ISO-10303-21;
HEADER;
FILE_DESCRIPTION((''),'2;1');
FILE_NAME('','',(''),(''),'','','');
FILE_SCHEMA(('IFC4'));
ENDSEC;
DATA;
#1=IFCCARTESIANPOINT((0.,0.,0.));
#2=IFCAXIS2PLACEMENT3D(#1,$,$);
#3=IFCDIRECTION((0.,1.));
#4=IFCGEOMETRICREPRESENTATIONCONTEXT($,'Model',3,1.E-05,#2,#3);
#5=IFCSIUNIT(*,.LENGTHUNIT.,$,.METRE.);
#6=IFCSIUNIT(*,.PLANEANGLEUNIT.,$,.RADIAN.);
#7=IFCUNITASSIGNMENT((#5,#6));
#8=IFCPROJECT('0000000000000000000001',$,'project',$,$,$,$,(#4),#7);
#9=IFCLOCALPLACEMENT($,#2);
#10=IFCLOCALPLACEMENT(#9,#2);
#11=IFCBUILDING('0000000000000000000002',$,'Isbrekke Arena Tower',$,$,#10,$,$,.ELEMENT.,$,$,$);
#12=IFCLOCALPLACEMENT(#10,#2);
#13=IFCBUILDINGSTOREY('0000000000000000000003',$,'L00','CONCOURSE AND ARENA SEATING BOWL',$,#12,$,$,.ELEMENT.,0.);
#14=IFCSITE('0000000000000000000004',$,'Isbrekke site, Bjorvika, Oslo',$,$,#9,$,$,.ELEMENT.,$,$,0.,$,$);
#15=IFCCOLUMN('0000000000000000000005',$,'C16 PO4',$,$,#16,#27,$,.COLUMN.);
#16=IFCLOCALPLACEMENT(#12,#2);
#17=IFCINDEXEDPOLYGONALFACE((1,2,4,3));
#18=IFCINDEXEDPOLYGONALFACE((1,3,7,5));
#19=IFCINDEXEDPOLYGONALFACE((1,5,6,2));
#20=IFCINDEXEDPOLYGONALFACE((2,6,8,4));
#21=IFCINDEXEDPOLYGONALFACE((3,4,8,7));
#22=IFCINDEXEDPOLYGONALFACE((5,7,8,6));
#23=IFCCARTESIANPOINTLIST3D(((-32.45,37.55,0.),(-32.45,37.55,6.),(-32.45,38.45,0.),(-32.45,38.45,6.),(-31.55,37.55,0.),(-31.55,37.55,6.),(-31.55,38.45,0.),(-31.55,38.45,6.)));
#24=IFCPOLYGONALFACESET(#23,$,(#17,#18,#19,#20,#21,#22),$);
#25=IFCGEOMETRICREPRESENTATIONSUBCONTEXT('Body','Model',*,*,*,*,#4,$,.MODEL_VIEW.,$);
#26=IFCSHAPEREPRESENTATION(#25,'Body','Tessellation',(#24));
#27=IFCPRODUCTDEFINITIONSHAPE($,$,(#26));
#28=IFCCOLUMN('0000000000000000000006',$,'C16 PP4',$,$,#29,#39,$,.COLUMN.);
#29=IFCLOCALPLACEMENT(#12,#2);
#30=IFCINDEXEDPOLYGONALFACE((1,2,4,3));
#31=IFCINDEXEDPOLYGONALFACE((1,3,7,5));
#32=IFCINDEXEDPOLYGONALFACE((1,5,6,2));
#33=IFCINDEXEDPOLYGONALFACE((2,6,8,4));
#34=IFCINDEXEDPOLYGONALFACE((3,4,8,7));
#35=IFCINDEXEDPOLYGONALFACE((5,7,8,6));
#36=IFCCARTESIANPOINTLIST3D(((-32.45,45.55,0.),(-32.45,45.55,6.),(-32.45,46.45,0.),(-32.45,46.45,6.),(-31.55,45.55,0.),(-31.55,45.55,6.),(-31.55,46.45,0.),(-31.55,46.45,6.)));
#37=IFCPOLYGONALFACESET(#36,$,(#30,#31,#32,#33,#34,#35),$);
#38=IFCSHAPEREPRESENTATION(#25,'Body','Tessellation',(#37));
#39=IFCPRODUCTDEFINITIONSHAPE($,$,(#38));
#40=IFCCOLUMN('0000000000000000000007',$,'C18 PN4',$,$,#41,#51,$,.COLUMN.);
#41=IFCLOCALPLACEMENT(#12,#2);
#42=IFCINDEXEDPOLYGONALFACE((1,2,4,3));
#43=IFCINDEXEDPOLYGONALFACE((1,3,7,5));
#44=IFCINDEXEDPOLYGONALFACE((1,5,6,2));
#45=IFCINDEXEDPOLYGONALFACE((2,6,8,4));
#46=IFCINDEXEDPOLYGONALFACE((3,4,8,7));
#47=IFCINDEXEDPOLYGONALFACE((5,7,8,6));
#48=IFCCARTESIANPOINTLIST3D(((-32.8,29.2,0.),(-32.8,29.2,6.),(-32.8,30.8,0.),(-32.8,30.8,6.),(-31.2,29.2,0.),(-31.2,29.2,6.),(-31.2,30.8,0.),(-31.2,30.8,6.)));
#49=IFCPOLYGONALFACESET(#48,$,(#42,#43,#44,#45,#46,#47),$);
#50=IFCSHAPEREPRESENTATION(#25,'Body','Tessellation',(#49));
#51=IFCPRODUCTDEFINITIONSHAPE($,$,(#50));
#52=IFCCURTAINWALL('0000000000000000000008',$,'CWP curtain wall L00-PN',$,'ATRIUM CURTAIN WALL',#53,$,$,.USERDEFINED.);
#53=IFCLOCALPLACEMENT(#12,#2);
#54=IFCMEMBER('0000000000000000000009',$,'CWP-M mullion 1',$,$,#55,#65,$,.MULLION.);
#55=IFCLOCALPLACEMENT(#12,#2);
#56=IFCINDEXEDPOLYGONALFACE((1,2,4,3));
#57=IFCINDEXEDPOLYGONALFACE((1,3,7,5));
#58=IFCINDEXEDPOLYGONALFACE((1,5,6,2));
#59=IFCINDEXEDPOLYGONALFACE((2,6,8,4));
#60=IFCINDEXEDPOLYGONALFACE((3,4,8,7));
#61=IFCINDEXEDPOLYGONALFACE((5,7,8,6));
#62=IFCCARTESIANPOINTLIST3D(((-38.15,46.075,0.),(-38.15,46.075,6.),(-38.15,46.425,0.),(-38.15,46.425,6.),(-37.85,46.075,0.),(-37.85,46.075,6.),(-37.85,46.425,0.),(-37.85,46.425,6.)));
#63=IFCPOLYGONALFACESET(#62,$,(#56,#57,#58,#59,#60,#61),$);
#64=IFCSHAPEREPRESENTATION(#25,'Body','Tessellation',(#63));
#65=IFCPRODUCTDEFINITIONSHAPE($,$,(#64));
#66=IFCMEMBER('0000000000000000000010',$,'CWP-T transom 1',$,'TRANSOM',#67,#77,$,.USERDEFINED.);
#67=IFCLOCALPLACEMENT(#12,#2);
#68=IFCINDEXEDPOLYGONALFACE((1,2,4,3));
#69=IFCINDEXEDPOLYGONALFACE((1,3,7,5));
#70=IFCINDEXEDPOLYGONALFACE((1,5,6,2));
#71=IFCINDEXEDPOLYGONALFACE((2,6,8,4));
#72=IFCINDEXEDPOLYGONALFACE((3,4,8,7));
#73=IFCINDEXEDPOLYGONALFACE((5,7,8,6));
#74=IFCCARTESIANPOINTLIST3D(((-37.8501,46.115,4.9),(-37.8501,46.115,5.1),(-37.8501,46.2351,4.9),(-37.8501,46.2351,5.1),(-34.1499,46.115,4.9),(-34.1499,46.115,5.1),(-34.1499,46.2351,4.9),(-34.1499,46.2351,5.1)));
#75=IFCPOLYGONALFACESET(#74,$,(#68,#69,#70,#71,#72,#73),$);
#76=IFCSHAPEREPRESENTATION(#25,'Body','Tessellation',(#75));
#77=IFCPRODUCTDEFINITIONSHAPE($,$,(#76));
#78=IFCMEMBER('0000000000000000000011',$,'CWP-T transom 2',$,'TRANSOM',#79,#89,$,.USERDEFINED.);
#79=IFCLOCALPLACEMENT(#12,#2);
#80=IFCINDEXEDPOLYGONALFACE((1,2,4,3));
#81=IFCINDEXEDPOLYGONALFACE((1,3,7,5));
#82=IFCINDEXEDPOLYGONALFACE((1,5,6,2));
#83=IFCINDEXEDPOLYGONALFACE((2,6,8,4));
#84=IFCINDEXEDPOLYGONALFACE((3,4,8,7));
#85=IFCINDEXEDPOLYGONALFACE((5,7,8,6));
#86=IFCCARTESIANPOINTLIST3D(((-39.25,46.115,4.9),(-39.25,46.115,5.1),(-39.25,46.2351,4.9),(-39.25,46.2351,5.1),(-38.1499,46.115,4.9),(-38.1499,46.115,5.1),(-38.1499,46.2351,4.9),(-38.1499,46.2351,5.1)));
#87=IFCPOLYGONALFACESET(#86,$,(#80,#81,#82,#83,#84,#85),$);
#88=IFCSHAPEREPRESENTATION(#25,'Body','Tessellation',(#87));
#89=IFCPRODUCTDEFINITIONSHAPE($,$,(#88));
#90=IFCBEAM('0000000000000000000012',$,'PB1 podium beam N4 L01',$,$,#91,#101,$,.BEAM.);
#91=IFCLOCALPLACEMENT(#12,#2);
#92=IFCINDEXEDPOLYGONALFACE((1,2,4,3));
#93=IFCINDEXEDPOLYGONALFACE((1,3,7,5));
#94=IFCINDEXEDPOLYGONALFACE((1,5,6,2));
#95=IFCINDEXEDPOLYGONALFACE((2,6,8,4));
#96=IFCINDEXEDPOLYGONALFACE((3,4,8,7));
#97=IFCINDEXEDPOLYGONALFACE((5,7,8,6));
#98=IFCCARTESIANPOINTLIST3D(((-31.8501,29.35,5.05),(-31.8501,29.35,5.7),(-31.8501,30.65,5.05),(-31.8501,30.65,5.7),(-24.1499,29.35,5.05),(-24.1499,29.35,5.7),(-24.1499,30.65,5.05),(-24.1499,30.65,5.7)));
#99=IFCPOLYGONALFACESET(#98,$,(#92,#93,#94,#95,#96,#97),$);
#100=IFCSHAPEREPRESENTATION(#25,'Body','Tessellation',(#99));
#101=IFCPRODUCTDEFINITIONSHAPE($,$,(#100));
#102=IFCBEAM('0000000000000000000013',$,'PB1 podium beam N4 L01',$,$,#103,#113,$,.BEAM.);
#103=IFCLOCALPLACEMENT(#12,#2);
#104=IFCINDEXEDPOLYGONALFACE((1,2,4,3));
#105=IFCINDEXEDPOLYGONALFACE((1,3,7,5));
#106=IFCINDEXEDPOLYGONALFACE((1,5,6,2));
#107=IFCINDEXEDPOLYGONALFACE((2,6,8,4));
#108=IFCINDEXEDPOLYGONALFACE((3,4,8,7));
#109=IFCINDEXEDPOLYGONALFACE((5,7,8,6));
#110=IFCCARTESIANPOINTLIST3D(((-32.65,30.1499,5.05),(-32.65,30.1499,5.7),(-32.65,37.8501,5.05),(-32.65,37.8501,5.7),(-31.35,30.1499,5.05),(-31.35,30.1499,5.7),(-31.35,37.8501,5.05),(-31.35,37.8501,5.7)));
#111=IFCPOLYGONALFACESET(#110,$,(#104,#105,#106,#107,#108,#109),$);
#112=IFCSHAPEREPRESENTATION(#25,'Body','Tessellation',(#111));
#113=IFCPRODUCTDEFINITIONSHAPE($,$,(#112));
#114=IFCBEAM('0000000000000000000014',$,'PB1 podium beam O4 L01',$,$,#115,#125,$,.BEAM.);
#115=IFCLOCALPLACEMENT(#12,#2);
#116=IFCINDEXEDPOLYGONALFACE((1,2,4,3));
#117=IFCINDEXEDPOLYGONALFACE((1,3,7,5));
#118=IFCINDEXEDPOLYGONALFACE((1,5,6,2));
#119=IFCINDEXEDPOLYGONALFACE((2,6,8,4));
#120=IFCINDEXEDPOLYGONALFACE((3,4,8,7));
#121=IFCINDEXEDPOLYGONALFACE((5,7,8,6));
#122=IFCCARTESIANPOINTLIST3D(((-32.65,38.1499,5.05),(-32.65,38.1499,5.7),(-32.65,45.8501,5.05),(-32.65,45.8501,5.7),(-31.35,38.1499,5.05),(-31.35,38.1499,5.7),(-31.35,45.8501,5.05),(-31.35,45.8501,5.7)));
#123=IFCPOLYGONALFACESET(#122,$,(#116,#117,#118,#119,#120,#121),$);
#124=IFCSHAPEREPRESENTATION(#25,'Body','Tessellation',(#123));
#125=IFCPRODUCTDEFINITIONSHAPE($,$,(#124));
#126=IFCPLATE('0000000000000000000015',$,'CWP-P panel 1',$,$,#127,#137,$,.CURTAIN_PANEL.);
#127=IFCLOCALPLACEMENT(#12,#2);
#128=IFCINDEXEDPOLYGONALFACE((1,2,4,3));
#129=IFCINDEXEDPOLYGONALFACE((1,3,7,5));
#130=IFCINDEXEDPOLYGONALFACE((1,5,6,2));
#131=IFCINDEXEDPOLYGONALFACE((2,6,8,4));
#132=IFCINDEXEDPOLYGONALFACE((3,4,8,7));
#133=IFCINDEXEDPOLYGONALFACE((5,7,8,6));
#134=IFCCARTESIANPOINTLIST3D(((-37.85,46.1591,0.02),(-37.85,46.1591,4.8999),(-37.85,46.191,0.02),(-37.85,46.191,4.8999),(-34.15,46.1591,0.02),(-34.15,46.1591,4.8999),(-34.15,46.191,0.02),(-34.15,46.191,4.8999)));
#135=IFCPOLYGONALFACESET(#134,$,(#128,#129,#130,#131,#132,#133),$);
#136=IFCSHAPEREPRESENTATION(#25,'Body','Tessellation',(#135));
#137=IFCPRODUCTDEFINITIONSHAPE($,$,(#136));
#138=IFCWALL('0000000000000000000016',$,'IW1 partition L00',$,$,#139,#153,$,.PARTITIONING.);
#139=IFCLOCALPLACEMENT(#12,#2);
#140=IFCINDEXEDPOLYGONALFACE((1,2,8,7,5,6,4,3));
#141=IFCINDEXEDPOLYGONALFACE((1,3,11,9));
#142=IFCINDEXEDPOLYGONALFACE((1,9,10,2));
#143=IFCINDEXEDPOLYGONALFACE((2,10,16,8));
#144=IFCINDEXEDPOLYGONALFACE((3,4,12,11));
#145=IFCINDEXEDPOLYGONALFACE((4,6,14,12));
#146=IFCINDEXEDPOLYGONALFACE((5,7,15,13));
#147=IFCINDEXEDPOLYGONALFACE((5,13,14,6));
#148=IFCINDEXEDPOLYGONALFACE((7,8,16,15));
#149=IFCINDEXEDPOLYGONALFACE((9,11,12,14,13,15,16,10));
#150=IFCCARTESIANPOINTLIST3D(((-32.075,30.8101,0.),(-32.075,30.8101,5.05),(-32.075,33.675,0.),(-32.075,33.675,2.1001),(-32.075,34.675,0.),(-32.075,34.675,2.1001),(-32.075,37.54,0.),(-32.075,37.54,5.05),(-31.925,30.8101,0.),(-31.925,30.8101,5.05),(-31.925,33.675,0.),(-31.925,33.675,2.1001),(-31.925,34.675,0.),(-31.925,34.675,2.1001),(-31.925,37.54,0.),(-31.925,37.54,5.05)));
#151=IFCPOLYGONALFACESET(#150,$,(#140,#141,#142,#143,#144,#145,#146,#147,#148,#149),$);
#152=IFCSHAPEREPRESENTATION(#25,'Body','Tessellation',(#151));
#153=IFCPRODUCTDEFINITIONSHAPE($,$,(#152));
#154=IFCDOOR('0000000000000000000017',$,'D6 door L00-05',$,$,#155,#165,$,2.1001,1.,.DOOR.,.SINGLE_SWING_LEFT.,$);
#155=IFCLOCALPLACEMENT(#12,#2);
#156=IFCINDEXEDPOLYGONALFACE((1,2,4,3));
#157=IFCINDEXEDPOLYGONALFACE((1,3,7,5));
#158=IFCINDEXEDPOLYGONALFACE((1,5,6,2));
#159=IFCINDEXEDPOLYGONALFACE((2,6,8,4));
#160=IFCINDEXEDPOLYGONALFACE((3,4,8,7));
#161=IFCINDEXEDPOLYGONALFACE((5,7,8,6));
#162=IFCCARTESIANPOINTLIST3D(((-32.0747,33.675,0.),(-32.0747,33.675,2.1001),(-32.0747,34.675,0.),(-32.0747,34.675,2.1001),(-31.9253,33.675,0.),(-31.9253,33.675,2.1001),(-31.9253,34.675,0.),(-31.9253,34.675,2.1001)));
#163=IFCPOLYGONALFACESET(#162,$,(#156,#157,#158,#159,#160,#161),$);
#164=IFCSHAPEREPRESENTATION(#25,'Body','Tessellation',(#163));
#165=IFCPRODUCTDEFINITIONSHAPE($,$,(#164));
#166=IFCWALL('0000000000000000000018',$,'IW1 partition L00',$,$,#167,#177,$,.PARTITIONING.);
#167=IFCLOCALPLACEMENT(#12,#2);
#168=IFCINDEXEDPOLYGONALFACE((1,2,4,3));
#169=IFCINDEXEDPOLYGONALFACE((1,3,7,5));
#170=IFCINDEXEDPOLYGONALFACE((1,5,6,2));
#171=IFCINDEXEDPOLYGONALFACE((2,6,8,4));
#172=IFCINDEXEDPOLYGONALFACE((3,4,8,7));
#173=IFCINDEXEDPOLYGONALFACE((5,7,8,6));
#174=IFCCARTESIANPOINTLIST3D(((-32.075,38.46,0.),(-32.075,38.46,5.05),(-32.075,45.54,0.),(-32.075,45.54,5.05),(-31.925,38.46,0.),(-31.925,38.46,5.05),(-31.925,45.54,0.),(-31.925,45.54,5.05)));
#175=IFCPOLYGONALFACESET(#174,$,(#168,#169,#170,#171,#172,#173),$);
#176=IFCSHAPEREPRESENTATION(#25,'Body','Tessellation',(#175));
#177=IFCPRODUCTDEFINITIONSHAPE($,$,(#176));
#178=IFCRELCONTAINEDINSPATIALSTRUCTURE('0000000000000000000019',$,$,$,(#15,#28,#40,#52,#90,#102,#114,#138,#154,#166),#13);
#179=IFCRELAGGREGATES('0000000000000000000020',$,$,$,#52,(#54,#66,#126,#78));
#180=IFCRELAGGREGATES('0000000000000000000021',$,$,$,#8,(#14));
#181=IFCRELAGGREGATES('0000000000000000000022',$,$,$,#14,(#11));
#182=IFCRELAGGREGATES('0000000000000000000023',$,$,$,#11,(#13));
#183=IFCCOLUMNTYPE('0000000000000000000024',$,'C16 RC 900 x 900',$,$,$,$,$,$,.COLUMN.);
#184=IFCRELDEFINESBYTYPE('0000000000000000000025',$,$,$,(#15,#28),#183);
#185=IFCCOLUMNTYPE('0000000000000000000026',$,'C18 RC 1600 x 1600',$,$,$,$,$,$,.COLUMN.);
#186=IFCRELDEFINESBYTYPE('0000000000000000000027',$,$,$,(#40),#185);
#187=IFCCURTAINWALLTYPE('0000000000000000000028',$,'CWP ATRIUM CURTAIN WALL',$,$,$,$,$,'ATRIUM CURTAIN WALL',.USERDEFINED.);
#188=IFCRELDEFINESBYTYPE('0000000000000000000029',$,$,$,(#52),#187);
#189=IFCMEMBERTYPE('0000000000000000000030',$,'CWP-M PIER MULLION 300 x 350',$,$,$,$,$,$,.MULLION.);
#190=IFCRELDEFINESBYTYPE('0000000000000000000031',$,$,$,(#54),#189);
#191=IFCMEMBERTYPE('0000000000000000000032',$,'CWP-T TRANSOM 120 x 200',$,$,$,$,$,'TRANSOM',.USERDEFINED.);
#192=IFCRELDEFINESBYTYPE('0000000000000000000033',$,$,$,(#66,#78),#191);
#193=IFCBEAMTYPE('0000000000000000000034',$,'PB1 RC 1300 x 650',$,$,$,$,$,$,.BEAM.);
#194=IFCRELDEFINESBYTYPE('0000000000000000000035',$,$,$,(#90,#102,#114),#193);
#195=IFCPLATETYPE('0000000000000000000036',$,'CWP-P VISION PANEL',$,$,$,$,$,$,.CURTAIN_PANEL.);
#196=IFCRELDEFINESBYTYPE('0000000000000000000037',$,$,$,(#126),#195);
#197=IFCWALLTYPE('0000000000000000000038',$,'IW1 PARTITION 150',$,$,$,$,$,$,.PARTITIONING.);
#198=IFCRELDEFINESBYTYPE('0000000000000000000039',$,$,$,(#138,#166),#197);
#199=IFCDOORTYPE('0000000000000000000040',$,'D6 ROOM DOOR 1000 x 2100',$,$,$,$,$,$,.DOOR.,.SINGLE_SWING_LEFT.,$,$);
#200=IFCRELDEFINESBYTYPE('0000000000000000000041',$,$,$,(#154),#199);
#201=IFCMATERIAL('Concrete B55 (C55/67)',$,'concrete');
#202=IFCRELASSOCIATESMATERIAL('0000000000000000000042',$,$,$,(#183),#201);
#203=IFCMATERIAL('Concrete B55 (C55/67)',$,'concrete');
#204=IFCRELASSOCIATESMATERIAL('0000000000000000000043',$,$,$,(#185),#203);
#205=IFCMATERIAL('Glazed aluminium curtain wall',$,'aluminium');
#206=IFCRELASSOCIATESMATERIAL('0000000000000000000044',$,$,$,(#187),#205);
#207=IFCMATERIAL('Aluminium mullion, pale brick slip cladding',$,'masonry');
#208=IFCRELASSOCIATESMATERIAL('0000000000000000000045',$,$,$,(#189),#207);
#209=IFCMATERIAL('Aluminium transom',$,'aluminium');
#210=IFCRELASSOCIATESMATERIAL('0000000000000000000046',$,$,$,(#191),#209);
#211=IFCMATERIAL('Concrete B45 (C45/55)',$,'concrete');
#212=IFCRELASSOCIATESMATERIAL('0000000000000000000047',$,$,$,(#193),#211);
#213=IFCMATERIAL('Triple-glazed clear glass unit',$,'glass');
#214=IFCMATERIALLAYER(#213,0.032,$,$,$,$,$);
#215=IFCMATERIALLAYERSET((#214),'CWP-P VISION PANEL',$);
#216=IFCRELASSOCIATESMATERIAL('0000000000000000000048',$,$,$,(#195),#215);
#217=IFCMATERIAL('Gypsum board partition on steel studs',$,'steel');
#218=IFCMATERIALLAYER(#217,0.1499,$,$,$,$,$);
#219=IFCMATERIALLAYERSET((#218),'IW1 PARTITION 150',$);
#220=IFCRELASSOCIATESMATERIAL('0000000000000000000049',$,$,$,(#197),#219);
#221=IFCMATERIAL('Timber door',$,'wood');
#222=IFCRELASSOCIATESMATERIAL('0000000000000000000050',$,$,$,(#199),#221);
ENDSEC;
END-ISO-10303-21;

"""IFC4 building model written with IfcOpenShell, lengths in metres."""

from ifc_helpers import new_model, si_unit, direction, frame, frame_2d, origin, origin_2d, place, context, subcontext, project, spatial, rectangle, extrude, material, layer, layer_set, material_profile, profile_set, type_object, element, fill, aggregate, save


model = new_model("IFC4")

# Units and contexts
model_context = context("Model", 3, precision=1e-05, world=origin(), true_north=direction((0.0, 1.0)))
body_context = subcontext(model_context, "Body", "Model", "MODEL_VIEW")
ifc_project = project(units=[si_unit("LENGTHUNIT", "METRE"), si_unit("PLANEANGLEUNIT", "RADIAN")], contexts=[model_context])

# Site, building, storey
site_placement = place(None, origin())
site = spatial("IfcSite", under=ifc_project, at=site_placement, Name="Isbrekke site, Bjorvika, Oslo", CompositionType="ELEMENT", RefElevation=0.0)
building_placement = place(site_placement, origin())
building = spatial("IfcBuilding", under=site, at=building_placement, Name="Isbrekke Arena Tower", CompositionType="ELEMENT")
storey_placement = place(building_placement, origin())
storey = spatial("IfcBuildingStorey", under=building, at=storey_placement, Name="L00", Description="CONCOURSE AND ARENA SEATING BOWL", CompositionType="ELEMENT", Elevation=0.0)

# Columns
ifc_material_1 = material(Name="Concrete B55 (C55/67)", Category="concrete")
ifc_material_profile_1 = material_profile(ifc_material_1, rectangle(XDim=0.8999, YDim=0.8999, at=origin_2d()), Name="RC 900x900")
ifc_profile_set_1 = profile_set([ifc_material_profile_1], Name="Concrete B55 (C55/67)")
column_type_1 = type_object("IfcColumnType", Name="C16 RC 900 x 900", PredefinedType="COLUMN", material=ifc_profile_set_1)
for number, where, z_axis, x_axis, name in (
    (1, (-32.0, 38.0, 0.0), (0.0, 0.0, 1.0), (1.0, 0.0, 0.0), "C16 PO4"),
    (2, (-32.0, 46.0, 0.0), (0.0, 0.0, 1.0), (1.0, 0.0, 0.0), "C16 PP4"),
):
    element("IfcColumn", number, at=place(storey_placement, frame(where, z_axis=z_axis, x_axis=x_axis)), inside=storey, type_object=column_type_1, Name=name, PredefinedType="COLUMN", context=body_context, shape_type="SweptSolid", body=[
        extrude(rectangle(XDim=0.8999, YDim=0.8999, at=origin_2d()), origin(), (0.0, 0.0, 1.0), 6.0),
    ])
ifc_material_2 = material(Name="Concrete B55 (C55/67)", Category="concrete")
ifc_material_profile_2 = material_profile(ifc_material_2, rectangle(XDim=1.6001, YDim=1.6001, at=origin_2d()), Name="RC 1600x1600")
ifc_profile_set_2 = profile_set([ifc_material_profile_2], Name="Concrete B55 (C55/67)")
column_type_2 = type_object("IfcColumnType", Name="C18 RC 1600 x 1600", PredefinedType="COLUMN", material=ifc_profile_set_2)
column_placement = place(storey_placement, frame((-32.0, 30.0, 0.0), z_axis=(0.0, 0.0, 1.0), x_axis=(1.0, 0.0, 0.0)))
element("IfcColumn", 3, at=column_placement, inside=storey, type_object=column_type_2, Name="C18 PN4", PredefinedType="COLUMN", context=body_context, shape_type="SweptSolid", body=[
    extrude(rectangle(XDim=1.6001, YDim=1.6001, at=origin_2d()), origin(), (0.0, 0.0, 1.0), 6.0),
])

# Curtain wall, members
ifc_material_3 = material(Name="Glazed aluminium curtain wall", Category="aluminium")
curtain_wall_type = type_object("IfcCurtainWallType", Name="CWP ATRIUM CURTAIN WALL", ElementType="ATRIUM CURTAIN WALL", PredefinedType="USERDEFINED", material=ifc_material_3)
curtain_wall_placement = place(storey_placement, origin())
curtain_wall = element("IfcCurtainWall", 4, at=curtain_wall_placement, inside=storey, type_object=curtain_wall_type, Name="CWP curtain wall L00-PN", ObjectType="ATRIUM CURTAIN WALL", PredefinedType="USERDEFINED")
ifc_material_4 = material(Name="Aluminium mullion, pale brick slip cladding", Category="masonry")
ifc_material_profile_3 = material_profile(ifc_material_4, rectangle(XDim=0.3, YDim=0.3501, at=origin_2d()), Name="PIER 300X350")
ifc_profile_set_3 = profile_set([ifc_material_profile_3], Name="Aluminium mullion, pale brick slip cladding")
member_type_1 = type_object("IfcMemberType", Name="CWP-M PIER MULLION 300 x 350", PredefinedType="MULLION", material=ifc_profile_set_3)
member_1_placement = place(storey_placement, frame((-38.0, 46.25, 0.0), z_axis=(0.0, 0.0, 1.0), x_axis=(-1.0, 0.0, 0.0)))
member_1 = element("IfcMember", 5, at=member_1_placement, type_object=member_type_1, Name="CWP-M mullion 1", PredefinedType="MULLION", context=body_context, shape_type="SweptSolid", body=[
    extrude(rectangle(XDim=0.3, YDim=0.3501, at=origin_2d()), origin(), (0.0, 0.0, 1.0), 6.0),
])
ifc_material_5 = material(Name="Aluminium transom", Category="aluminium")
ifc_material_profile_4 = material_profile(ifc_material_5, rectangle(XDim=0.1201, YDim=0.2, at=origin_2d()), Name="TRANSOM 120X200")
ifc_profile_set_4 = profile_set([ifc_material_profile_4], Name="Aluminium transom")
member_type_2 = type_object("IfcMemberType", Name="CWP-T TRANSOM 120 x 200", ElementType="TRANSOM", PredefinedType="USERDEFINED", material=ifc_profile_set_4)
member_2_placement = place(storey_placement, frame((-34.1499, 46.175, 5.0), z_axis=(-1.0, 0.0, 0.0), x_axis=(0.0, -1.0, 0.0)))
member_2 = element("IfcMember", 6, at=member_2_placement, type_object=member_type_2, Name="CWP-T transom 1", ObjectType="TRANSOM", PredefinedType="USERDEFINED", context=body_context, shape_type="SweptSolid", body=[
    extrude(rectangle(XDim=0.1201, YDim=0.2, at=origin_2d()), origin(), (0.0, 0.0, 1.0), 3.7002),
])
member_3_placement = place(storey_placement, frame((-38.1499, 46.175, 5.0), z_axis=(-1.0, 0.0, 0.0), x_axis=(0.0, -1.0, 0.0)))
member_3 = element("IfcMember", 7, at=member_3_placement, type_object=member_type_2, Name="CWP-T transom 2", ObjectType="TRANSOM", PredefinedType="USERDEFINED", context=body_context, shape_type="SweptSolid", body=[
    extrude(rectangle(XDim=0.1201, YDim=0.2, at=origin_2d()), origin(), (0.0, 0.0, 1.0), 1.1001),
])

# Beams
ifc_material_6 = material(Name="Concrete B45 (C45/55)", Category="concrete")
ifc_material_profile_5 = material_profile(ifc_material_6, rectangle(XDim=1.3, YDim=0.6499, at=origin_2d()), Name="RC 1300x650")
ifc_profile_set_5 = profile_set([ifc_material_profile_5], Name="Concrete B45 (C45/55)")
beam_type = type_object("IfcBeamType", Name="PB1 RC 1300 x 650", PredefinedType="BEAM", material=ifc_profile_set_5)
for number, where, z_axis, x_axis, name in (
    (8, (-31.8501, 30.0, 5.375), (1.0, 0.0, 0.0), (0.0, 1.0, 0.0), "PB1 podium beam N4 L01"),
    (9, (-32.0, 30.1499, 5.375), (0.0, 1.0, 0.0), (-1.0, 0.0, 0.0), "PB1 podium beam N4 L01"),
    (10, (-32.0, 38.1499, 5.375), (0.0, 1.0, 0.0), (-1.0, 0.0, 0.0), "PB1 podium beam O4 L01"),
):
    element("IfcBeam", number, at=place(storey_placement, frame(where, z_axis=z_axis, x_axis=x_axis)), inside=storey, type_object=beam_type, Name=name, PredefinedType="BEAM", context=body_context, shape_type="SweptSolid", body=[
        extrude(rectangle(XDim=1.3, YDim=0.6499, at=origin_2d()), origin(), (0.0, 0.0, 1.0), 7.7002),
    ])

# Plate
ifc_material_7 = material(Name="Triple-glazed clear glass unit", Category="glass")
ifc_layer_1 = layer(ifc_material_7, 0.032)
ifc_layer_set_1 = layer_set([ifc_layer_1], Name="CWP-P VISION PANEL")
plate_type = type_object("IfcPlateType", Name="CWP-P VISION PANEL", PredefinedType="CURTAIN_PANEL", material=ifc_layer_set_1)
plate_placement = place(storey_placement, frame((-36.0, 46.175, 0.02), z_axis=(0.0, 0.0, 1.0), x_axis=(-1.0, 0.0, 0.0)))
plate = element("IfcPlate", 11, at=plate_placement, type_object=plate_type, Name="CWP-P panel 1", PredefinedType="CURTAIN_PANEL", context=body_context, shape_type="SweptSolid", body=[
    extrude(rectangle(XDim=3.7, YDim=0.032, at=origin_2d()), origin(), (0.0, 0.0, 1.0), 4.8799),
])
aggregate(curtain_wall, [member_1, member_2, plate, member_3])

# Wall, opening, door
ifc_material_8 = material(Name="Gypsum board partition on steel studs", Category="steel")
ifc_layer_2 = layer(ifc_material_8, 0.1499)
ifc_layer_set_2 = layer_set([ifc_layer_2], Name="IW1 PARTITION 150")
wall_type_1 = type_object("IfcWallType", Name="IW1 PARTITION 150", PredefinedType="PARTITIONING", material=ifc_layer_set_2)
wall_1_placement = place(storey_placement, frame((-32.0, 30.8101, 0.0), z_axis=(0.0, 0.0, 1.0), x_axis=(0.0, 1.0, 0.0)))
wall_1 = element("IfcWall", 12, at=wall_1_placement, inside=storey, type_object=wall_type_1, Name="IW1 partition L00", PredefinedType="PARTITIONING", context=body_context, shape_type="SweptSolid", body=[
    extrude(rectangle(XDim=6.73, YDim=0.1499, at=frame_2d((3.365, 0.0))), origin(), (0.0, 0.0, 1.0), 5.05),
])
opening_placement = place(wall_1_placement, frame((2.865, 0.0, 0.0)))
opening = element("IfcOpeningElement", 13, at=opening_placement, cuts=wall_1, PredefinedType="OPENING", context=body_context, shape_type="SweptSolid", body=[
    extrude(rectangle(XDim=1.0, YDim=2.1001, at=frame_2d((0.5, 1.05))), frame((0.0, 0.0898, 0.0), z_axis=(0.0, -1.0, 0.0), x_axis=(1.0, 0.0, 0.0)), (0.0, 0.0, 1.0), 0.1797),
])
ifc_material_9 = material(Name="Timber door", Category="wood")
door_type = type_object("IfcDoorType", Name="D6 ROOM DOOR 1000 x 2100", OperationType="SINGLE_SWING_LEFT", PredefinedType="DOOR", material=ifc_material_9)
door_placement = place(opening_placement, origin())
door = element("IfcDoor", 14, at=door_placement, inside=storey, type_object=door_type, Name="D6 door L00-05", OperationType="SINGLE_SWING_LEFT", OverallHeight=2.1001, OverallWidth=1.0, PredefinedType="DOOR", context=body_context, shape_type="SweptSolid", body=[
    extrude(rectangle(XDim=1.0, YDim=2.1001, at=frame_2d((0.5, 1.05))), frame((0.0, 0.0747, 0.0), z_axis=(0.0, -1.0, 0.0), x_axis=(1.0, 0.0, 0.0)), (0.0, 0.0, 1.0), 0.1494),
])
fill(opening, door)

# Wall
wall_2_placement = place(storey_placement, frame((-32.0, 38.46, 0.0), z_axis=(0.0, 0.0, 1.0), x_axis=(0.0, 1.0, 0.0)))
element("IfcWall", 15, at=wall_2_placement, inside=storey, type_object=wall_type_1, Name="IW1 partition L00", PredefinedType="PARTITIONING", context=body_context, shape_type="SweptSolid", body=[
    extrude(rectangle(XDim=7.0801, YDim=0.1499, at=frame_2d((3.54, 0.0))), origin(), (0.0, 0.0, 1.0), 5.05),
])

save(model, "model.ifc")
